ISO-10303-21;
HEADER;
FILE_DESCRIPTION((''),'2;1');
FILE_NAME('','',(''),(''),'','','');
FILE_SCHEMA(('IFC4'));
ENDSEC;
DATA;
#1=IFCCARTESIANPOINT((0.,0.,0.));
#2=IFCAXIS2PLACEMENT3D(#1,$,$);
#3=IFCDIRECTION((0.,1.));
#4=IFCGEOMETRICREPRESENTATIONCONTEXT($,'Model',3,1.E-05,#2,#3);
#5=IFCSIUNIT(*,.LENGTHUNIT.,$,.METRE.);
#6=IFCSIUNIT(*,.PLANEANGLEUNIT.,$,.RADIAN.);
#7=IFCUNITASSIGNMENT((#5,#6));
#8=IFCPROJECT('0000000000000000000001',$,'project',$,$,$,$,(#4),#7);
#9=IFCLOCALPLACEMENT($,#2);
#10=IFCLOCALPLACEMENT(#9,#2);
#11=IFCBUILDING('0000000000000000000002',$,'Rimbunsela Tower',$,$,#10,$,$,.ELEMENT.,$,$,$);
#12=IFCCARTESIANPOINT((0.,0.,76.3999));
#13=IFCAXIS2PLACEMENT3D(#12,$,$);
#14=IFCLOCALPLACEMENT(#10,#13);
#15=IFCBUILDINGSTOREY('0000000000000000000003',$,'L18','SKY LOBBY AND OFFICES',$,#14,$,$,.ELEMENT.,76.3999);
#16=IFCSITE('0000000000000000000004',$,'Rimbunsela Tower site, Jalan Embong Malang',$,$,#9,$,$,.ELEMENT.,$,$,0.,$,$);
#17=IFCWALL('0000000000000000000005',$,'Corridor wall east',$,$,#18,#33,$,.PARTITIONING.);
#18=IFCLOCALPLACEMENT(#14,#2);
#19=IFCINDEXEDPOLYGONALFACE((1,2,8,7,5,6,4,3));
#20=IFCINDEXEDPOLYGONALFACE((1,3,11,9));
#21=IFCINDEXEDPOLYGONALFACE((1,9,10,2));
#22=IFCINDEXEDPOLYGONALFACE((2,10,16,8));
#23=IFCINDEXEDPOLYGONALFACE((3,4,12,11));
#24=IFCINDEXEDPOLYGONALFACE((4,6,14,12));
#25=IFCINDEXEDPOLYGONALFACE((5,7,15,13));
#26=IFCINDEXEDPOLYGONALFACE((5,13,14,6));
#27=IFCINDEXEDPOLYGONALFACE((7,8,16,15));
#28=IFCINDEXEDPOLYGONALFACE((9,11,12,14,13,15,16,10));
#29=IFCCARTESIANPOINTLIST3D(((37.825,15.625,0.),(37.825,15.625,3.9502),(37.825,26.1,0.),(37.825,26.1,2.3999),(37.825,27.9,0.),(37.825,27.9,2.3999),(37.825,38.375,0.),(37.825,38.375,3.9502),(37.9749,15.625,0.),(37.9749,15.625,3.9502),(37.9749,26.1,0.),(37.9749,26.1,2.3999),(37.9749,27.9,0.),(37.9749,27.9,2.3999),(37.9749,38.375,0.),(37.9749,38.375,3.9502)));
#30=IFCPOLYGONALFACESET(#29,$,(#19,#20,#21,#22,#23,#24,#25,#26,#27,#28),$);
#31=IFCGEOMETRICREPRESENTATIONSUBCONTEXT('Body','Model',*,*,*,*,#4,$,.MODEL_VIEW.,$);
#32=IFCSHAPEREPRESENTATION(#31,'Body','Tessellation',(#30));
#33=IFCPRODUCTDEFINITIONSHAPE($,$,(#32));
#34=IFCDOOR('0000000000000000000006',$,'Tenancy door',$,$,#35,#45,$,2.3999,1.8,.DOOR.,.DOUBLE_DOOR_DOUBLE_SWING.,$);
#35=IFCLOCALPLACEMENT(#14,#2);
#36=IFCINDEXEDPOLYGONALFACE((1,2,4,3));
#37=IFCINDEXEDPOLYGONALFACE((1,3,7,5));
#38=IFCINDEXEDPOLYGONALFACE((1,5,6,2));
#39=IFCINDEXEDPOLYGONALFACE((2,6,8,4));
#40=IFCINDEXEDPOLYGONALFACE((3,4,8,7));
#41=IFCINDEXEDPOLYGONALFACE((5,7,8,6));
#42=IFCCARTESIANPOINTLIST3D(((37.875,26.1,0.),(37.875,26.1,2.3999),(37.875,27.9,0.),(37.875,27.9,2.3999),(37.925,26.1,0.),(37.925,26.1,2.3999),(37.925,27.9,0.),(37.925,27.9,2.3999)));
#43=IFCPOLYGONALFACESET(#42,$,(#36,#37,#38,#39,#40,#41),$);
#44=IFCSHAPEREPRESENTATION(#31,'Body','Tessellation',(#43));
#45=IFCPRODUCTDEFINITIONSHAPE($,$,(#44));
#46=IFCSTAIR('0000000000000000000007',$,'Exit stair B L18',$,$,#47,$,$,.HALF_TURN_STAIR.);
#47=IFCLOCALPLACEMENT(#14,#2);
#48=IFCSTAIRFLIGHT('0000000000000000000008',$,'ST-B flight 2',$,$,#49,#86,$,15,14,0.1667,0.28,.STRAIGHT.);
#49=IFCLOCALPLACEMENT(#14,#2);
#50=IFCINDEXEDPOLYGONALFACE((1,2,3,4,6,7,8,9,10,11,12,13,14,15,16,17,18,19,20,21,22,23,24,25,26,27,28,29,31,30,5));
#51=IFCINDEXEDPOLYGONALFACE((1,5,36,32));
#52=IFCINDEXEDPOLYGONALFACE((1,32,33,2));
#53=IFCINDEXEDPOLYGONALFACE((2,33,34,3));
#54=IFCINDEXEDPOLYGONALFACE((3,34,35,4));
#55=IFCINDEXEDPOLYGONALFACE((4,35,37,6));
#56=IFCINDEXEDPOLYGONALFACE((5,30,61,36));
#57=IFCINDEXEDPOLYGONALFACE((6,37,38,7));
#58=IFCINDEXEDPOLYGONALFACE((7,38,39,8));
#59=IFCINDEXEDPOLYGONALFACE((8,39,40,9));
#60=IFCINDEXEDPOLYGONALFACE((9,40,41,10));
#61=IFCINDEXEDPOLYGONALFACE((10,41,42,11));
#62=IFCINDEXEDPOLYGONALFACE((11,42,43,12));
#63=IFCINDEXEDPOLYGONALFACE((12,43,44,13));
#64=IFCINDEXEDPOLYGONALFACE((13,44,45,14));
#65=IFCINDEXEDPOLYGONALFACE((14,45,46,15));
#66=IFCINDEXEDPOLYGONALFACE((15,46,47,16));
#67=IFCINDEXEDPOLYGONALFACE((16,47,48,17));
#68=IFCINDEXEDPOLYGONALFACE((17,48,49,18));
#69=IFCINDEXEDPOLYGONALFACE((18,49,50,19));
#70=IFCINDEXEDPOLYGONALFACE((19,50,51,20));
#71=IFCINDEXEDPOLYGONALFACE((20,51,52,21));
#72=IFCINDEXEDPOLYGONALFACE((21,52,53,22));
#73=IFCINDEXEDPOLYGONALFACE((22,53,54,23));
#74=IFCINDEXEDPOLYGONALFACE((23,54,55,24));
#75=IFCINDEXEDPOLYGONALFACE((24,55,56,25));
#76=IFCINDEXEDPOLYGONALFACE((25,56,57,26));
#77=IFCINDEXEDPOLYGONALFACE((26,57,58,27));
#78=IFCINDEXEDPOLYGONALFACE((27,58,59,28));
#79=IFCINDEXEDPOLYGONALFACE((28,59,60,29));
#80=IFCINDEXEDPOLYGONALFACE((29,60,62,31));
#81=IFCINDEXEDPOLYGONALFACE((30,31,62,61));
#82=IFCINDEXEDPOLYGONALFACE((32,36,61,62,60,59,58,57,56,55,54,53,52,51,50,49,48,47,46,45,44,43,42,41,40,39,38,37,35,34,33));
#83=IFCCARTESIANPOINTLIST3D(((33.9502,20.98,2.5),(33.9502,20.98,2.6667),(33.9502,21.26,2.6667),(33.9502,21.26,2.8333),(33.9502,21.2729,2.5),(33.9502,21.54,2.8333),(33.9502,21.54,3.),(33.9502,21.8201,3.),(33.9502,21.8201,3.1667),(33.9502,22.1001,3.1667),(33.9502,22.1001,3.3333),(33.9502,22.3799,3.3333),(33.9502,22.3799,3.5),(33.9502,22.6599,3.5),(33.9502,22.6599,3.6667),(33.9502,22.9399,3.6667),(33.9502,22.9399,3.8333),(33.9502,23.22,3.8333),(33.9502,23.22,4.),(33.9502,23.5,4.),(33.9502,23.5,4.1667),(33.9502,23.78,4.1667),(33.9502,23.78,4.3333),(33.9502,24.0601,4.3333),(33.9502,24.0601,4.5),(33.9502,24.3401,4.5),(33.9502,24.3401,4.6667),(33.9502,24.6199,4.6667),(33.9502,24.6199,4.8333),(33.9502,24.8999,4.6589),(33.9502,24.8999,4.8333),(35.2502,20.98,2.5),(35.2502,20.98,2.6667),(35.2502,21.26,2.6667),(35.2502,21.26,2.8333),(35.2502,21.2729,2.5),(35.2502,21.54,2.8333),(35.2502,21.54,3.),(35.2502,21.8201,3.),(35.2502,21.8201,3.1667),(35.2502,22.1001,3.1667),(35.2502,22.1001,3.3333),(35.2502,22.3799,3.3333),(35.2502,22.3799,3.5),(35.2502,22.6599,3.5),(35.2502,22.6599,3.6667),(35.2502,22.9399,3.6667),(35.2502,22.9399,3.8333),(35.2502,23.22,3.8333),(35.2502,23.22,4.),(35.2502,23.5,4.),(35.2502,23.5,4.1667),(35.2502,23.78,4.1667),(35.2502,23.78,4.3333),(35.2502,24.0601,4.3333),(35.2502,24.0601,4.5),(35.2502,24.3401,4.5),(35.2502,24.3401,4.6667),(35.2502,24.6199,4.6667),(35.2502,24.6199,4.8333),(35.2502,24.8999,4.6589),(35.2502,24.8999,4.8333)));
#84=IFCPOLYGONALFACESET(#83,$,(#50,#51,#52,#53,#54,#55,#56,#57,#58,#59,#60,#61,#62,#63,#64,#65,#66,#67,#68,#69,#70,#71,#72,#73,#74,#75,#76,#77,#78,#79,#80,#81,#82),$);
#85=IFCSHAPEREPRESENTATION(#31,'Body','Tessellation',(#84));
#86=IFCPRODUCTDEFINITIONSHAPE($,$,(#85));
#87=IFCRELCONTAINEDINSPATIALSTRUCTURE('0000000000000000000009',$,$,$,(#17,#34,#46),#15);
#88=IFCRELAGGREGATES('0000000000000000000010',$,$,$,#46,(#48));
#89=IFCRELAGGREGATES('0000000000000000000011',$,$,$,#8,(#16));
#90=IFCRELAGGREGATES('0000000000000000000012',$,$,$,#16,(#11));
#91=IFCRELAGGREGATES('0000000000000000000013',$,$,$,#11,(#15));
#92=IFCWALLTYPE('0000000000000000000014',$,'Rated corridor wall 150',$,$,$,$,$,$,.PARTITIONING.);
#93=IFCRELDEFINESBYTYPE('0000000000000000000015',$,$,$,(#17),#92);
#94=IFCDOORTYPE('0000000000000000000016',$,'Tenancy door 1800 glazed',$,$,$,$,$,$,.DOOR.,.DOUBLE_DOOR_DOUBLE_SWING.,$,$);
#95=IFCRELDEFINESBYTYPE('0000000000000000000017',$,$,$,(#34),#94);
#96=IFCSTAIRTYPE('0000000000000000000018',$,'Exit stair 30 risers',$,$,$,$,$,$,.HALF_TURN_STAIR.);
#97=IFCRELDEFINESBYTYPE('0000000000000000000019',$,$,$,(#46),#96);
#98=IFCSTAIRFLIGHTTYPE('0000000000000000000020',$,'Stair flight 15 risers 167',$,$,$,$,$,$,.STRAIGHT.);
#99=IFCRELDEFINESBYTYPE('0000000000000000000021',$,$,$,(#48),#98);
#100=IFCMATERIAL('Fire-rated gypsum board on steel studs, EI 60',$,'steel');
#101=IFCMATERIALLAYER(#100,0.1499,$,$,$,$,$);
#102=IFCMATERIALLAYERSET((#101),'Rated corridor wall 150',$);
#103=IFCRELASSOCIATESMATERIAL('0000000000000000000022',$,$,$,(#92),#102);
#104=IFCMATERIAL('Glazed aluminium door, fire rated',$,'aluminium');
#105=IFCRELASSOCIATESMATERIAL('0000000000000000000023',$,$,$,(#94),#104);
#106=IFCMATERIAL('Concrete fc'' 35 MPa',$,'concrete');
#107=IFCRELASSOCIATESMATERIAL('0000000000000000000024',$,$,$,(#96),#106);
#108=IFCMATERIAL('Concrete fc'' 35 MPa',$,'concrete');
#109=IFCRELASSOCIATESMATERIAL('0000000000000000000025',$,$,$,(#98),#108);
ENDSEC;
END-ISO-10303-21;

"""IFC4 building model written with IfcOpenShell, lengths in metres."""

from ifc_helpers import new_model, si_unit, direction, frame, frame_2d, origin, place, context, subcontext, project, spatial, polyline, rectangle, outline, extrude, material, layer, layer_set, type_object, element, fill, aggregate, save


model = new_model("IFC4")

# Units and contexts
model_context = context("Model", 3, precision=1e-05, world=origin(), true_north=direction((0.0, 1.0)))
body_context = subcontext(model_context, "Body", "Model", "MODEL_VIEW")
ifc_project = project(units=[si_unit("LENGTHUNIT", "METRE"), si_unit("PLANEANGLEUNIT", "RADIAN")], contexts=[model_context])

# Site, building, storey
site_placement = place(None, origin())
site = spatial("IfcSite", under=ifc_project, at=site_placement, Name="Rimbunsela Tower site, Jalan Embong Malang", CompositionType="ELEMENT", RefElevation=0.0)
building_placement = place(site_placement, origin())
building = spatial("IfcBuilding", under=site, at=building_placement, Name="Rimbunsela Tower", CompositionType="ELEMENT")
storey_placement = place(building_placement, frame((0.0, 0.0, 76.3999)))
storey = spatial("IfcBuildingStorey", under=building, at=storey_placement, Name="L18", Description="SKY LOBBY AND OFFICES", CompositionType="ELEMENT", Elevation=76.3999)

# Wall, opening, door
ifc_material_1 = material(Name="Fire-rated gypsum board on steel studs, EI 60", Category="steel")
ifc_layer_1 = layer(ifc_material_1, 0.1499)
ifc_layer_set_1 = layer_set([ifc_layer_1], Name="Rated corridor wall 150")
wall_type_1 = type_object("IfcWallType", Name="Rated corridor wall 150", PredefinedType="PARTITIONING", material=ifc_layer_set_1)
wall_1_placement = place(storey_placement, frame((37.8999, 15.625, 0.0), z_axis=(0.0, 0.0, 1.0), x_axis=(0.0, 1.0, 0.0)))
wall_1 = element("IfcWall", 1, at=wall_1_placement, inside=storey, type_object=wall_type_1, Name="Corridor wall east", PredefinedType="PARTITIONING", context=body_context, shape_type="SweptSolid", body=[
    extrude(rectangle(XDim=22.75, YDim=0.1499, at=frame_2d((11.375, 0.0))), origin(), (0.0, 0.0, 1.0), 3.9502),
])
opening_1_placement = place(wall_1_placement, frame((10.4751, 0.0, 0.0)))
opening_1 = element("IfcOpeningElement", 2, at=opening_1_placement, cuts=wall_1, PredefinedType="OPENING", context=body_context, shape_type="SweptSolid", body=[
    extrude(rectangle(XDim=1.8, YDim=2.3999, at=frame_2d((0.8999, 1.2))), frame((0.0, 0.085, 0.0), z_axis=(0.0, -1.0, 0.0), x_axis=(1.0, 0.0, 0.0)), (0.0, 0.0, 1.0), 0.1699),
])
ifc_material_2 = material(Name="Glazed aluminium door, fire rated", Category="aluminium")
door_type_1 = type_object("IfcDoorType", Name="Tenancy door 1800 glazed", OperationType="DOUBLE_DOOR_DOUBLE_SWING", PredefinedType="DOOR", material=ifc_material_2)
door_1_placement = place(opening_1_placement, origin())
door_1 = element("IfcDoor", 3, at=door_1_placement, inside=storey, type_object=door_type_1, Name="Tenancy door", OperationType="DOUBLE_DOOR_DOUBLE_SWING", OverallHeight=2.3999, OverallWidth=1.8, PredefinedType="DOOR", context=body_context, shape_type="SweptSolid", body=[
    extrude(rectangle(XDim=1.8, YDim=2.3999, at=frame_2d((0.8999, 1.2))), frame((0.0, 0.0249, 0.0), z_axis=(0.0, -1.0, 0.0), x_axis=(1.0, 0.0, 0.0)), (0.0, 0.0, 1.0), 0.05),
])
fill(opening_1, door_1)

# Stair, stair flight
ifc_material_3 = material(Name="Concrete fc' 35 MPa", Category="concrete")
stair_type = type_object("IfcStairType", Name="Exit stair 30 risers", PredefinedType="HALF_TURN_STAIR", material=ifc_material_3)
stair_placement = place(storey_placement, origin())
stair = element("IfcStair", 4, at=stair_placement, inside=storey, type_object=stair_type, Name="Exit stair B L18", PredefinedType="HALF_TURN_STAIR")
ifc_material_4 = material(Name="Concrete fc' 35 MPa", Category="concrete")
stair_flight_type = type_object("IfcStairFlightType", Name="Stair flight 15 risers 167", PredefinedType="STRAIGHT", material=ifc_material_4)
stair_flight_placement = place(storey_placement, frame((34.6001, 20.98, 2.5), z_axis=(0.0, 0.0, 1.0), x_axis=(0.0, 1.0, 0.0)))
stair_flight = element("IfcStairFlight", 5, at=stair_flight_placement, type_object=stair_flight_type, Name="ST-B flight 2", NumberOfRisers=15, NumberOfTreads=14, PredefinedType="STRAIGHT", RiserHeight=0.1667, TreadLength=0.28, context=body_context, shape_type="SweptSolid", body=[
    extrude(outline(polyline([(0.0, 0.0), (0.0, 0.1667), (0.28, 0.1667), (0.28, 0.3333), (0.5601, 0.3333), (0.5601, 0.5), (0.8401, 0.5), (0.8401, 0.6667), (1.1201, 0.6667), (1.1201, 0.8333), (1.3999, 0.8333), (1.3999, 1.0), (1.6799, 1.0), (1.6799, 1.1667), (1.96, 1.1667), (1.96, 1.3333), (2.24, 1.3333), (2.24, 1.5), (2.52, 1.5), (2.52, 1.6667), (2.8, 1.6667), (2.8, 1.8333), (3.0801, 1.8333), (3.0801, 2.0), (3.3601, 2.0), (3.3601, 2.1667), (3.6399, 2.1667), (3.6399, 2.3333), (3.9199, 2.3333), (3.9199, 2.5), (3.9199, 2.1589), (0.293, 0.0), (0.0, 0.0)])), frame((0.0, 0.6499, 0.0), z_axis=(0.0, -1.0, 0.0), x_axis=(1.0, 0.0, 0.0)), (0.0, 0.0, 1.0), 1.3),
])
aggregate(stair, [stair_flight])

save(model, "model.ifc")
